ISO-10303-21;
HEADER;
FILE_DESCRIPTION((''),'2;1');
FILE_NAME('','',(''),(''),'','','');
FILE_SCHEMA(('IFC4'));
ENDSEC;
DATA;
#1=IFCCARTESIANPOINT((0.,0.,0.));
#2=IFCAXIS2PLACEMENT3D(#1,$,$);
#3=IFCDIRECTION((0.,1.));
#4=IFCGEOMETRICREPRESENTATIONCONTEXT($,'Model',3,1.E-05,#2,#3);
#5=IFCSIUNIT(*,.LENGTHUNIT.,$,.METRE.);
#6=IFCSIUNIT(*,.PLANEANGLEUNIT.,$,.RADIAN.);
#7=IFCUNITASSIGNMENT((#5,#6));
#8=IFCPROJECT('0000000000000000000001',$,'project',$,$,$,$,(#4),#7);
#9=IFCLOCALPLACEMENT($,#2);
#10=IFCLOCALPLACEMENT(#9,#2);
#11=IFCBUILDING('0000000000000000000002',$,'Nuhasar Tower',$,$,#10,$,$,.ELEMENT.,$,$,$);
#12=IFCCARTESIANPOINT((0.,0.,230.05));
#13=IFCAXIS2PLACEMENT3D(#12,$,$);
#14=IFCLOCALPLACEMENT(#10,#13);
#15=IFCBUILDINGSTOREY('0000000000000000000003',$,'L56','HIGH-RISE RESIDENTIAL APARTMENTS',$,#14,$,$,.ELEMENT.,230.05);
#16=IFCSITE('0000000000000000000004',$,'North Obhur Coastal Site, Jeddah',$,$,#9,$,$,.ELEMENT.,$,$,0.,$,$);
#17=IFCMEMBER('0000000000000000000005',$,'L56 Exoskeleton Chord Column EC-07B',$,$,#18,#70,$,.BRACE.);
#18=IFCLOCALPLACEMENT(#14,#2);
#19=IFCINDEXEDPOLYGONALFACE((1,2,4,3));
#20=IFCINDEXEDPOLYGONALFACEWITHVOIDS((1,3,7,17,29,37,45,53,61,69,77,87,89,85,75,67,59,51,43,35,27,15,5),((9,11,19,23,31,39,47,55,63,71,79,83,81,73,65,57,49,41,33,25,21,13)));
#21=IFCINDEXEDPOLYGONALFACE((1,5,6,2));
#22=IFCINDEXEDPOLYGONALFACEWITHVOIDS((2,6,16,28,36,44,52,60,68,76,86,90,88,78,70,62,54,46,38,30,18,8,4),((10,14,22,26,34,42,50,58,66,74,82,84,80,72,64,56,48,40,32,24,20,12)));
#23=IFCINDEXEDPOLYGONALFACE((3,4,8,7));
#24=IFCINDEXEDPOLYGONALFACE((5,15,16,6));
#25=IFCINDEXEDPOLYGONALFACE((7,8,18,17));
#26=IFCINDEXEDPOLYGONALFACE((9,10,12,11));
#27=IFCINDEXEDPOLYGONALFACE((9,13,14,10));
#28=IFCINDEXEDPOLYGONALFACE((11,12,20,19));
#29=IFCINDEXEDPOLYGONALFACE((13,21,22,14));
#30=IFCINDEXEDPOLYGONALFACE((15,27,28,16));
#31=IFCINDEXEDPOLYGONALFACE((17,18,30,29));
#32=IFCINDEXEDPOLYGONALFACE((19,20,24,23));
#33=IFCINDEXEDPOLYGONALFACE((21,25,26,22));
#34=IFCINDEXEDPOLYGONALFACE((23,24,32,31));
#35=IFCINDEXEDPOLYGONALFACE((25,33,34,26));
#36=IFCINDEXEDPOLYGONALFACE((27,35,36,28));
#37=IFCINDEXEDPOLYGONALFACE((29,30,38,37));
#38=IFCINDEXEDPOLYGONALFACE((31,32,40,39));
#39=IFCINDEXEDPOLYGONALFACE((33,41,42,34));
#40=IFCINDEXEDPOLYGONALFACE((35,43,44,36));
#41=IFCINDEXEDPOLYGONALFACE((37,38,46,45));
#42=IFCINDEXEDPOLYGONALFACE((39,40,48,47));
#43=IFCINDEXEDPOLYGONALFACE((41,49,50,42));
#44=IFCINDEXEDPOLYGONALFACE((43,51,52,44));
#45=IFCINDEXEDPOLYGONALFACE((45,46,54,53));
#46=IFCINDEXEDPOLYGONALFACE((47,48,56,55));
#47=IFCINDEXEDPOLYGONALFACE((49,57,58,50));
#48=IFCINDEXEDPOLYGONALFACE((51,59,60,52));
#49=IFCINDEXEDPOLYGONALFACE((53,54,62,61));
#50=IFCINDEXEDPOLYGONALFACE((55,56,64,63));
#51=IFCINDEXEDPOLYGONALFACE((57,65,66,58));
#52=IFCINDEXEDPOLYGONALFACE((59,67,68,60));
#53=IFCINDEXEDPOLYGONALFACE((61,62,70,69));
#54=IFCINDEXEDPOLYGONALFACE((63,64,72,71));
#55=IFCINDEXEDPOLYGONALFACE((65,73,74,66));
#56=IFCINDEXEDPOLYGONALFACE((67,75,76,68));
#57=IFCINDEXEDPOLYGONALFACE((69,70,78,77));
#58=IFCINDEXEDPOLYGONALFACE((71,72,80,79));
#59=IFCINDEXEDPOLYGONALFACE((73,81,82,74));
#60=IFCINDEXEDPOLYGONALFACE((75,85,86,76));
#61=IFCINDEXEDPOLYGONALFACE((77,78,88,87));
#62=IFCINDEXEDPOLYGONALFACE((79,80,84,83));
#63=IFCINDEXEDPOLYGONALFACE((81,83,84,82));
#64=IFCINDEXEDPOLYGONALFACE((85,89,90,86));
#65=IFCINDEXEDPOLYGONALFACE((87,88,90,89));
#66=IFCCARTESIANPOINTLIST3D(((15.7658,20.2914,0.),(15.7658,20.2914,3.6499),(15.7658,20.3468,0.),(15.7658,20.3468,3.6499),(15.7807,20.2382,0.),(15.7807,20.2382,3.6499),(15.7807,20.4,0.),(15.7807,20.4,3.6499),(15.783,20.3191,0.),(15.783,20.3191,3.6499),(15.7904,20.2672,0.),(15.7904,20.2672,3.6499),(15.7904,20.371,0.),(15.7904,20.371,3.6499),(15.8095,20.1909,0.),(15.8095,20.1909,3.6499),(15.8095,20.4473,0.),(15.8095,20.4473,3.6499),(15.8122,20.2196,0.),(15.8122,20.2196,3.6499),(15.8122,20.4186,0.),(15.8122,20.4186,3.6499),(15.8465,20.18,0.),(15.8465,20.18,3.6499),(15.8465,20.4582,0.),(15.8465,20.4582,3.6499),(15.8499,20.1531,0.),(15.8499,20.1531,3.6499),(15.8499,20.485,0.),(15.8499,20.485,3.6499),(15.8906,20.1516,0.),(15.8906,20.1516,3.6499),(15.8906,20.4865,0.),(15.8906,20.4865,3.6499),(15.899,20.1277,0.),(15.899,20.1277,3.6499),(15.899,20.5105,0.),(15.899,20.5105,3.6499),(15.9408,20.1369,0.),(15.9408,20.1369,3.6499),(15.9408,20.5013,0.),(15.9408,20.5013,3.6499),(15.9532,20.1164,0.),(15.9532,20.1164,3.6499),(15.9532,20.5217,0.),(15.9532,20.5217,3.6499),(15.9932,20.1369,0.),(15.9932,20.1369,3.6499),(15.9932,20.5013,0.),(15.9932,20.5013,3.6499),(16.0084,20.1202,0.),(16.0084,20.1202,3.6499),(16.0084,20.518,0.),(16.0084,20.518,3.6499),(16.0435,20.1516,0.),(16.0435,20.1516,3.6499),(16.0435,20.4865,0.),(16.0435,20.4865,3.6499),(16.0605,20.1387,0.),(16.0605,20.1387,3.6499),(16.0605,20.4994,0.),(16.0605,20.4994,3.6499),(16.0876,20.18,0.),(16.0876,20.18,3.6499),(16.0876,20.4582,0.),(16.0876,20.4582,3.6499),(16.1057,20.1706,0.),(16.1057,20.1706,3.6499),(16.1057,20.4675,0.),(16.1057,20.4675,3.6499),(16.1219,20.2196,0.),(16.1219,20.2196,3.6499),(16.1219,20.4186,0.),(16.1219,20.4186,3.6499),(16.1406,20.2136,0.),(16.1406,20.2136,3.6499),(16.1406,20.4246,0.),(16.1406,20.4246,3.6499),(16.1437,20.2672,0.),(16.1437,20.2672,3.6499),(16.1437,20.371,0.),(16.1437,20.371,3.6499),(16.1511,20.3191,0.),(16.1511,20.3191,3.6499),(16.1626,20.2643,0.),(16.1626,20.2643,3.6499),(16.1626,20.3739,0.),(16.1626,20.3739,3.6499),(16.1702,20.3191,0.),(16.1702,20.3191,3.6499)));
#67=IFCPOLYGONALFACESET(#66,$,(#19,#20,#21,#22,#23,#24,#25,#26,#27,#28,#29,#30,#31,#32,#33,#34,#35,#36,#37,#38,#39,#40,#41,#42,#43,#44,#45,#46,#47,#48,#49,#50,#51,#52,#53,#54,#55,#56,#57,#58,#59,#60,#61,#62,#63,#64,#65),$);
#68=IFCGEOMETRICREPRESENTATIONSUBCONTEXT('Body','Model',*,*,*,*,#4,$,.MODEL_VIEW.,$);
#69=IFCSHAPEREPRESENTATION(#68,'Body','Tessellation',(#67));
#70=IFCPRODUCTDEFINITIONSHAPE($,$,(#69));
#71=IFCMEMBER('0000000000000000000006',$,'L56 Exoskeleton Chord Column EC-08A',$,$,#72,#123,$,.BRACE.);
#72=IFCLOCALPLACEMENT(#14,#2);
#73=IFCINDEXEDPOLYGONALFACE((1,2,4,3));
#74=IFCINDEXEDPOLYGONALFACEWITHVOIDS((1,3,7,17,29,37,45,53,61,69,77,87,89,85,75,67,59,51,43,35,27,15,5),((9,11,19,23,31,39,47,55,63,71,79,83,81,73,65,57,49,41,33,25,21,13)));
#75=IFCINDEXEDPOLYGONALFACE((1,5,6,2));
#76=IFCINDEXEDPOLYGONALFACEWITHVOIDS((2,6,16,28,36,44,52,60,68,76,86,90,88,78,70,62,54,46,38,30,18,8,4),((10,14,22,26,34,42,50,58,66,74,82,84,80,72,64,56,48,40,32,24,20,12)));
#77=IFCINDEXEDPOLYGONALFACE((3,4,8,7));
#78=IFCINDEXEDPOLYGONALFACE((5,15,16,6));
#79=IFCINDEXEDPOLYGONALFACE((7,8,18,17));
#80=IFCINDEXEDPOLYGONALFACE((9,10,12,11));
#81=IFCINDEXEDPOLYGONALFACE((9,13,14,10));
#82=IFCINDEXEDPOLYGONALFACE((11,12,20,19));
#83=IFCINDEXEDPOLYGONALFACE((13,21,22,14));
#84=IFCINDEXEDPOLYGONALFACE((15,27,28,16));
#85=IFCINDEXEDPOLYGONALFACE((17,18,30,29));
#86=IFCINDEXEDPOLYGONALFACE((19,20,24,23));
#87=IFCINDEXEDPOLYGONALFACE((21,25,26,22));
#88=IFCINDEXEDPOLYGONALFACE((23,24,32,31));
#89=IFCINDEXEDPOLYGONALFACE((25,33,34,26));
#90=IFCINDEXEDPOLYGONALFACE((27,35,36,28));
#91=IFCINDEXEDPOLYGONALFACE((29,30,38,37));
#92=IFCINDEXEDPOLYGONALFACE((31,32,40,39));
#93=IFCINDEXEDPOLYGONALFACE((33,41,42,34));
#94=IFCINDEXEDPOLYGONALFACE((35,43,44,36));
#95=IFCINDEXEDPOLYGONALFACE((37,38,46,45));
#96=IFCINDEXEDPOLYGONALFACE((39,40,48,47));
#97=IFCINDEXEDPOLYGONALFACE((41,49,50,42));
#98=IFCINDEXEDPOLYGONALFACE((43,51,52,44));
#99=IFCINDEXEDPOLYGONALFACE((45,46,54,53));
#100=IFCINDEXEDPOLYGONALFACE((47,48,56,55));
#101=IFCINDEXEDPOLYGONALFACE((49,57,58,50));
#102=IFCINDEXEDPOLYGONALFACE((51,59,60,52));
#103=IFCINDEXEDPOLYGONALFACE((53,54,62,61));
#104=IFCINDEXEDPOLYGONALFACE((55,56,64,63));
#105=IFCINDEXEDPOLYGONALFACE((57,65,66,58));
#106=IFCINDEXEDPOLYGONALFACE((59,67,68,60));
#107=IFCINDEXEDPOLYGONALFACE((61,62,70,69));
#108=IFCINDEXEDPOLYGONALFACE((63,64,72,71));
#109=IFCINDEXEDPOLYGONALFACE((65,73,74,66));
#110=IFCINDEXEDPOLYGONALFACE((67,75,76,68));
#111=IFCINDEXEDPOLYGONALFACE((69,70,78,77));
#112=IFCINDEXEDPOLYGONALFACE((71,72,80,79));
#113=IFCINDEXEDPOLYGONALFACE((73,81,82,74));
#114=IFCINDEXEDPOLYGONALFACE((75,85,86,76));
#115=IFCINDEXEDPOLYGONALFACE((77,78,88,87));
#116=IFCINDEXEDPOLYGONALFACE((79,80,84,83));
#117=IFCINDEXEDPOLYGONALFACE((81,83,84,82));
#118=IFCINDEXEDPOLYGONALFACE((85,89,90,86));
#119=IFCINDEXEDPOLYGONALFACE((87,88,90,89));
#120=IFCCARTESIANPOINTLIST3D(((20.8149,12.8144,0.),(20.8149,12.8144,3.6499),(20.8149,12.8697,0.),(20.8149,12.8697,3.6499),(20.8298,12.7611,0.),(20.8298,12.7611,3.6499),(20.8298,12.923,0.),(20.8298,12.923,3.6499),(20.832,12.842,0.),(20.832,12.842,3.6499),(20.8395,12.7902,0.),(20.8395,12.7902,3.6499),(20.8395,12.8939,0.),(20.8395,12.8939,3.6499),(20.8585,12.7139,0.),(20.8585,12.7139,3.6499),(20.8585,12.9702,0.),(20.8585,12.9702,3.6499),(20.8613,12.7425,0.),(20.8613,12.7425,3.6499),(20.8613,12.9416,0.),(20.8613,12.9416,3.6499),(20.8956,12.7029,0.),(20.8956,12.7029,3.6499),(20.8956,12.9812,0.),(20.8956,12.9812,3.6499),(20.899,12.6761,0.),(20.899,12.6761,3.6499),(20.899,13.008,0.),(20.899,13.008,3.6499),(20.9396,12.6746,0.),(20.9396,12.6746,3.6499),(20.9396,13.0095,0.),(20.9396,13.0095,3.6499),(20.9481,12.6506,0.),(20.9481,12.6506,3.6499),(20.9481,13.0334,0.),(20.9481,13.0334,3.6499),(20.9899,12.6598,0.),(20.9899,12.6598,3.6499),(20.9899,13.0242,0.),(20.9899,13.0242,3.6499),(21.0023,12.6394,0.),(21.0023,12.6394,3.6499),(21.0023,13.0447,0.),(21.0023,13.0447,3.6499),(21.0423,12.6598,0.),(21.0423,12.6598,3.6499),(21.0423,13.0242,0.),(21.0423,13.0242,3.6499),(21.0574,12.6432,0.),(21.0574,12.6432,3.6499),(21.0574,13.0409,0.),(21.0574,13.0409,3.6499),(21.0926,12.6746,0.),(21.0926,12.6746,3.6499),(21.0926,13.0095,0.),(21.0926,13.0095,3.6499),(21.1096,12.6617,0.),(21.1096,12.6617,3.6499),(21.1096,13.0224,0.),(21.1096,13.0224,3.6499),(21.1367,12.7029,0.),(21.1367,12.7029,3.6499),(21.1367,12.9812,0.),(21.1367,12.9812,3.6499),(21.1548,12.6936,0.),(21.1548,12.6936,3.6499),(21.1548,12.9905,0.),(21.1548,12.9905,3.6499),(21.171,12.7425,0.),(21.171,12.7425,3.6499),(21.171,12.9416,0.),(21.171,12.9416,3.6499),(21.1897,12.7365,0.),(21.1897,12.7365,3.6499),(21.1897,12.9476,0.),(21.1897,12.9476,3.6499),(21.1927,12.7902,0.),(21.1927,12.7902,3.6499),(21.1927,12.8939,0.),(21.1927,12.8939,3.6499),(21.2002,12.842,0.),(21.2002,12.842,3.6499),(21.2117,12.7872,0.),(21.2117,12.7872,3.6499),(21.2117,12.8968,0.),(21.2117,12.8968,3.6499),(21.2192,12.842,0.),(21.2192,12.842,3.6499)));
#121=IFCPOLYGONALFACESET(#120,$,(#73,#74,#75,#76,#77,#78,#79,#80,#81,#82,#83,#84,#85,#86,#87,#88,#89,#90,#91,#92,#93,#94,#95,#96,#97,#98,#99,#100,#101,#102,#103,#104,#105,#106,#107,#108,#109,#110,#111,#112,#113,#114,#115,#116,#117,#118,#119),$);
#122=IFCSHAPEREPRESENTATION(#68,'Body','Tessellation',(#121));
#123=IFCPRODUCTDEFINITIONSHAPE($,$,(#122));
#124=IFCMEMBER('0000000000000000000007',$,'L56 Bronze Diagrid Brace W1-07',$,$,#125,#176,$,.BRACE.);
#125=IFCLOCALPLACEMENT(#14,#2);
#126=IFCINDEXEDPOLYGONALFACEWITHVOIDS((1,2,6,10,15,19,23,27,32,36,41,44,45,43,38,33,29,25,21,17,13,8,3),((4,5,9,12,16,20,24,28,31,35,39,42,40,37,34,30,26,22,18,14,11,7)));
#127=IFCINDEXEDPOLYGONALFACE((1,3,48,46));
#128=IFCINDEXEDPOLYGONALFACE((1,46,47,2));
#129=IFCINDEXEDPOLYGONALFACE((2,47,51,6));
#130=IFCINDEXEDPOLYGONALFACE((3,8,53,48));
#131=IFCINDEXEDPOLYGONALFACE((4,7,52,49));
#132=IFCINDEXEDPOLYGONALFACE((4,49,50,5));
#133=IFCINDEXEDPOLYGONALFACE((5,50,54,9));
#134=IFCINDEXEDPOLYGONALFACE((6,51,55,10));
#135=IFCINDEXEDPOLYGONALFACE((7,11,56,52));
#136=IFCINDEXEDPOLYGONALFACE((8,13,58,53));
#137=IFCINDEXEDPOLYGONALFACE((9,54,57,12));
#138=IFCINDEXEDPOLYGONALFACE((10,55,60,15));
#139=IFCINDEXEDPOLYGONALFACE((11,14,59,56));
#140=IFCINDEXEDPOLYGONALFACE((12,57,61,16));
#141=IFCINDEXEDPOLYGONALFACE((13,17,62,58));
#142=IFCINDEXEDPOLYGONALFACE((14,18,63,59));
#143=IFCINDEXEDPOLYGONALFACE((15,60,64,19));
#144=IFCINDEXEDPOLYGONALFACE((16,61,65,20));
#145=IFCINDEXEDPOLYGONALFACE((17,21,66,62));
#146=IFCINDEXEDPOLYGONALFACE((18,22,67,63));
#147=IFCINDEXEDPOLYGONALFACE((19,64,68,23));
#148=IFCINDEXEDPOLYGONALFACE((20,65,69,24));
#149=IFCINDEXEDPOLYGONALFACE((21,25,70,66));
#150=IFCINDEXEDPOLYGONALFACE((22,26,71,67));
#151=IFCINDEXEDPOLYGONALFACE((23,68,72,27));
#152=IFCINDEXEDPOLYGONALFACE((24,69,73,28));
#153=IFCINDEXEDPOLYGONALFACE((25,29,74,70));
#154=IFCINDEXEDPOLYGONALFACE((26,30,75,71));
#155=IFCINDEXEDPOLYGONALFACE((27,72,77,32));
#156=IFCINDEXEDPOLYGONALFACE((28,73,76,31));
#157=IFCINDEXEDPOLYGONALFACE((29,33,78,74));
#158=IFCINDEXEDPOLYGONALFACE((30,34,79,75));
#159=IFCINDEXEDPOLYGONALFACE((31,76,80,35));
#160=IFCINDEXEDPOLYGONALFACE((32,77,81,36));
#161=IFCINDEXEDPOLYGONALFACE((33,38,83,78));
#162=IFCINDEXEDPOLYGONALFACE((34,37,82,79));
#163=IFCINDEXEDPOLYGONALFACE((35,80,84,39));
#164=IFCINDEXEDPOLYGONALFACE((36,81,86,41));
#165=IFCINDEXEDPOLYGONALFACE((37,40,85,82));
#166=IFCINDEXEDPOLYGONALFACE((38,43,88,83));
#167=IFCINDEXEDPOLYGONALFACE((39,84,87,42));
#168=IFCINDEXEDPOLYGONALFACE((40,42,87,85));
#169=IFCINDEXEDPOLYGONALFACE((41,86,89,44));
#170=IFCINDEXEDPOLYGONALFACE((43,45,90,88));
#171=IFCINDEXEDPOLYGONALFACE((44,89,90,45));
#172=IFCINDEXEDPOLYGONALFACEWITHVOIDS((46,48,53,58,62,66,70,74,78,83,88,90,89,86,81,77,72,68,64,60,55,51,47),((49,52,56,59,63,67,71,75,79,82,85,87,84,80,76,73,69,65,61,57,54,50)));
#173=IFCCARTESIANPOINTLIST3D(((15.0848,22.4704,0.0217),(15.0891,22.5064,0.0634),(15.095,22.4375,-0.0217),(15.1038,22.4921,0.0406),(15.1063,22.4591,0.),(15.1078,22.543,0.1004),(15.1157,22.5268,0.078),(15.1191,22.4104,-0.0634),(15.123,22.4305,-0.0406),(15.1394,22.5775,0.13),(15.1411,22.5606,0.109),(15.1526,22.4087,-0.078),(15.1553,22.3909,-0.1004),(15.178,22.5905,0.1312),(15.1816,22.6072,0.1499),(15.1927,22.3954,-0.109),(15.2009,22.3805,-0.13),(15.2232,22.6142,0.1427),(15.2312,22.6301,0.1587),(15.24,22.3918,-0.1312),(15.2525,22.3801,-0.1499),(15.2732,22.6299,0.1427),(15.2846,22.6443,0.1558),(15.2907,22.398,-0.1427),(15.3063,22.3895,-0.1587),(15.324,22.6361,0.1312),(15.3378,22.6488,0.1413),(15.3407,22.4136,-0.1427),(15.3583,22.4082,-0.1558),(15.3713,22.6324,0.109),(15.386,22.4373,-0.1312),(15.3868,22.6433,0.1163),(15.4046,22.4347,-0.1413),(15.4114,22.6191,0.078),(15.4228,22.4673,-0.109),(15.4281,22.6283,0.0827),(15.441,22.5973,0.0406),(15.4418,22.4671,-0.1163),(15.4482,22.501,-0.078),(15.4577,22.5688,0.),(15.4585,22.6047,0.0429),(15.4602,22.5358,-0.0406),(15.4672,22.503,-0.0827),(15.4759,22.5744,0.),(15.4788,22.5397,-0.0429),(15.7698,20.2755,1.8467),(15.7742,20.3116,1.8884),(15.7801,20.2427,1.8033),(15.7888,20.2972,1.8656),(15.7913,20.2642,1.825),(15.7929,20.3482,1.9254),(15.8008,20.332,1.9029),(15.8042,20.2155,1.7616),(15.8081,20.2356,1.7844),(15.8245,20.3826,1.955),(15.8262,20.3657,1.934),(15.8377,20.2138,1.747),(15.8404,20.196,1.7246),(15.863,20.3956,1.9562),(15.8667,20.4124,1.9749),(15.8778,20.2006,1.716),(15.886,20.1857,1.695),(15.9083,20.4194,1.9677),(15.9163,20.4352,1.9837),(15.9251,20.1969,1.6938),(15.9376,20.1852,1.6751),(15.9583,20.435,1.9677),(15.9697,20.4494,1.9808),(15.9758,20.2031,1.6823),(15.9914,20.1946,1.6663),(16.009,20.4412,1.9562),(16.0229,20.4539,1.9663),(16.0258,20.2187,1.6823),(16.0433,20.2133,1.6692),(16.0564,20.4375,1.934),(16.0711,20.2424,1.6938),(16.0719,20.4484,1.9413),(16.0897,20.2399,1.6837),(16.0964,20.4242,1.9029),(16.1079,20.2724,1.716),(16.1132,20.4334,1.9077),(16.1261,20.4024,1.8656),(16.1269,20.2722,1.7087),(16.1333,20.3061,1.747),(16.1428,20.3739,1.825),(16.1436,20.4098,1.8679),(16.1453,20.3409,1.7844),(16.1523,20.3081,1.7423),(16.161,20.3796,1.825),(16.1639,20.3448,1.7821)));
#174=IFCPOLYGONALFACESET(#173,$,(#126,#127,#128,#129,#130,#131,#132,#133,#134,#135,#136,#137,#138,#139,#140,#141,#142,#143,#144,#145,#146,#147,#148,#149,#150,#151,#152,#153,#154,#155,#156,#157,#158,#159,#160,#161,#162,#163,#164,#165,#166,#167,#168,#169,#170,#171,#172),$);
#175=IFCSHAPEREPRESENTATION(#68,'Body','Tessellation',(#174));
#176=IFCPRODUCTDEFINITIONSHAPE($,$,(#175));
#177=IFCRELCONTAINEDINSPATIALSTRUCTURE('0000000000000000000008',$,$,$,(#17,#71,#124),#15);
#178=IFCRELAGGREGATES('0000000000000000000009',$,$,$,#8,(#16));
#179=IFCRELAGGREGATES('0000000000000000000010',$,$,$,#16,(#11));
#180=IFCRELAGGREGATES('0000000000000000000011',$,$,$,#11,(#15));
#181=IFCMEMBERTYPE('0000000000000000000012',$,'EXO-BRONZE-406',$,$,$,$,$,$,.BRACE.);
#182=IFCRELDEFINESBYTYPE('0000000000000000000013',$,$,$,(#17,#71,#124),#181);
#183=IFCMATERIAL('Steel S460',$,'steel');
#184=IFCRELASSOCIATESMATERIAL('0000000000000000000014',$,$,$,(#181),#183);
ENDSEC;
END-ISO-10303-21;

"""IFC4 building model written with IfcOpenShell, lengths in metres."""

from ifc_helpers import new_model, si_unit, direction, frame, origin, origin_2d, place, context, subcontext, project, spatial, hollow_circle, extrude, material, material_profile, profile_set, type_object, element, save


model = new_model("IFC4")

# Units and contexts
model_context = context("Model", 3, precision=1e-05, world=origin(), true_north=direction((0.0, 1.0)))
body_context = subcontext(model_context, "Body", "Model", "MODEL_VIEW")
ifc_project = project(units=[si_unit("LENGTHUNIT", "METRE"), si_unit("PLANEANGLEUNIT", "RADIAN")], contexts=[model_context])

# Site, building, storey
site_placement = place(None, origin())
site = spatial("IfcSite", under=ifc_project, at=site_placement, Name="North Obhur Coastal Site, Jeddah", CompositionType="ELEMENT", RefElevation=0.0)
building_placement = place(site_placement, origin())
building = spatial("IfcBuilding", under=site, at=building_placement, Name="Nuhasar Tower", CompositionType="ELEMENT")
storey_placement = place(building_placement, frame((0.0, 0.0, 230.05)))
storey = spatial("IfcBuildingStorey", under=building, at=storey_placement, Name="L56", Description="HIGH-RISE RESIDENTIAL APARTMENTS", CompositionType="ELEMENT", Elevation=230.05)

# Members
ifc_material_1 = material(Name="Steel S460", Category="steel")
ifc_material_profile_1 = material_profile(ifc_material_1, hollow_circle(Radius=0.2031, WallThickness=0.019, at=origin_2d()), Name="HSS406.4X19.1")
ifc_profile_set_1 = profile_set([ifc_material_profile_1], Name="Steel S460")
member_type_1 = type_object("IfcMemberType", Name="EXO-BRONZE-406", PredefinedType="BRACE", material=ifc_profile_set_1)
for number, where, z_axis, x_axis, name in (
    (1, (15.967, 20.3191, 0.0), (0.0, 0.0, 1.0), (1.0, 0.0, 0.0), "L56 Exoskeleton Chord Column EC-07B"),
    (2, (21.0161, 12.842, 0.0), (0.0, 0.0, 1.0), (1.0, 0.0, 0.0), "L56 Exoskeleton Chord Column EC-08A"),
):
    element("IfcMember", number, at=place(storey_placement, frame(where, z_axis=z_axis, x_axis=x_axis)), inside=storey, type_object=member_type_1, Name=name, PredefinedType="BRACE", context=body_context, shape_type="SweptSolid", body=[
        extrude(hollow_circle(Radius=0.2031, WallThickness=0.019, at=origin_2d()), origin(), (0.0, 0.0, 1.0), 3.6499),
    ])
for number, where, z_axis, x_axis, name in (
    (3, (15.282, 22.5139, 0.0), (0.233372, -0.74769, 0.621689), (0.954582, 0.297948, 0.0), "L56 Bronze Diagrid Brace W1-07"),
):
    element("IfcMember", number, at=place(storey_placement, frame(where, z_axis=z_axis, x_axis=x_axis)), inside=storey, type_object=member_type_1, Name=name, PredefinedType="BRACE", context=body_context, shape_type="SweptSolid", body=[
        extrude(hollow_circle(Radius=0.2031, WallThickness=0.019, at=origin_2d()), origin(), (0.0, 0.0, 1.0), 2.9355),
    ])

save(model, "model.ifc")
